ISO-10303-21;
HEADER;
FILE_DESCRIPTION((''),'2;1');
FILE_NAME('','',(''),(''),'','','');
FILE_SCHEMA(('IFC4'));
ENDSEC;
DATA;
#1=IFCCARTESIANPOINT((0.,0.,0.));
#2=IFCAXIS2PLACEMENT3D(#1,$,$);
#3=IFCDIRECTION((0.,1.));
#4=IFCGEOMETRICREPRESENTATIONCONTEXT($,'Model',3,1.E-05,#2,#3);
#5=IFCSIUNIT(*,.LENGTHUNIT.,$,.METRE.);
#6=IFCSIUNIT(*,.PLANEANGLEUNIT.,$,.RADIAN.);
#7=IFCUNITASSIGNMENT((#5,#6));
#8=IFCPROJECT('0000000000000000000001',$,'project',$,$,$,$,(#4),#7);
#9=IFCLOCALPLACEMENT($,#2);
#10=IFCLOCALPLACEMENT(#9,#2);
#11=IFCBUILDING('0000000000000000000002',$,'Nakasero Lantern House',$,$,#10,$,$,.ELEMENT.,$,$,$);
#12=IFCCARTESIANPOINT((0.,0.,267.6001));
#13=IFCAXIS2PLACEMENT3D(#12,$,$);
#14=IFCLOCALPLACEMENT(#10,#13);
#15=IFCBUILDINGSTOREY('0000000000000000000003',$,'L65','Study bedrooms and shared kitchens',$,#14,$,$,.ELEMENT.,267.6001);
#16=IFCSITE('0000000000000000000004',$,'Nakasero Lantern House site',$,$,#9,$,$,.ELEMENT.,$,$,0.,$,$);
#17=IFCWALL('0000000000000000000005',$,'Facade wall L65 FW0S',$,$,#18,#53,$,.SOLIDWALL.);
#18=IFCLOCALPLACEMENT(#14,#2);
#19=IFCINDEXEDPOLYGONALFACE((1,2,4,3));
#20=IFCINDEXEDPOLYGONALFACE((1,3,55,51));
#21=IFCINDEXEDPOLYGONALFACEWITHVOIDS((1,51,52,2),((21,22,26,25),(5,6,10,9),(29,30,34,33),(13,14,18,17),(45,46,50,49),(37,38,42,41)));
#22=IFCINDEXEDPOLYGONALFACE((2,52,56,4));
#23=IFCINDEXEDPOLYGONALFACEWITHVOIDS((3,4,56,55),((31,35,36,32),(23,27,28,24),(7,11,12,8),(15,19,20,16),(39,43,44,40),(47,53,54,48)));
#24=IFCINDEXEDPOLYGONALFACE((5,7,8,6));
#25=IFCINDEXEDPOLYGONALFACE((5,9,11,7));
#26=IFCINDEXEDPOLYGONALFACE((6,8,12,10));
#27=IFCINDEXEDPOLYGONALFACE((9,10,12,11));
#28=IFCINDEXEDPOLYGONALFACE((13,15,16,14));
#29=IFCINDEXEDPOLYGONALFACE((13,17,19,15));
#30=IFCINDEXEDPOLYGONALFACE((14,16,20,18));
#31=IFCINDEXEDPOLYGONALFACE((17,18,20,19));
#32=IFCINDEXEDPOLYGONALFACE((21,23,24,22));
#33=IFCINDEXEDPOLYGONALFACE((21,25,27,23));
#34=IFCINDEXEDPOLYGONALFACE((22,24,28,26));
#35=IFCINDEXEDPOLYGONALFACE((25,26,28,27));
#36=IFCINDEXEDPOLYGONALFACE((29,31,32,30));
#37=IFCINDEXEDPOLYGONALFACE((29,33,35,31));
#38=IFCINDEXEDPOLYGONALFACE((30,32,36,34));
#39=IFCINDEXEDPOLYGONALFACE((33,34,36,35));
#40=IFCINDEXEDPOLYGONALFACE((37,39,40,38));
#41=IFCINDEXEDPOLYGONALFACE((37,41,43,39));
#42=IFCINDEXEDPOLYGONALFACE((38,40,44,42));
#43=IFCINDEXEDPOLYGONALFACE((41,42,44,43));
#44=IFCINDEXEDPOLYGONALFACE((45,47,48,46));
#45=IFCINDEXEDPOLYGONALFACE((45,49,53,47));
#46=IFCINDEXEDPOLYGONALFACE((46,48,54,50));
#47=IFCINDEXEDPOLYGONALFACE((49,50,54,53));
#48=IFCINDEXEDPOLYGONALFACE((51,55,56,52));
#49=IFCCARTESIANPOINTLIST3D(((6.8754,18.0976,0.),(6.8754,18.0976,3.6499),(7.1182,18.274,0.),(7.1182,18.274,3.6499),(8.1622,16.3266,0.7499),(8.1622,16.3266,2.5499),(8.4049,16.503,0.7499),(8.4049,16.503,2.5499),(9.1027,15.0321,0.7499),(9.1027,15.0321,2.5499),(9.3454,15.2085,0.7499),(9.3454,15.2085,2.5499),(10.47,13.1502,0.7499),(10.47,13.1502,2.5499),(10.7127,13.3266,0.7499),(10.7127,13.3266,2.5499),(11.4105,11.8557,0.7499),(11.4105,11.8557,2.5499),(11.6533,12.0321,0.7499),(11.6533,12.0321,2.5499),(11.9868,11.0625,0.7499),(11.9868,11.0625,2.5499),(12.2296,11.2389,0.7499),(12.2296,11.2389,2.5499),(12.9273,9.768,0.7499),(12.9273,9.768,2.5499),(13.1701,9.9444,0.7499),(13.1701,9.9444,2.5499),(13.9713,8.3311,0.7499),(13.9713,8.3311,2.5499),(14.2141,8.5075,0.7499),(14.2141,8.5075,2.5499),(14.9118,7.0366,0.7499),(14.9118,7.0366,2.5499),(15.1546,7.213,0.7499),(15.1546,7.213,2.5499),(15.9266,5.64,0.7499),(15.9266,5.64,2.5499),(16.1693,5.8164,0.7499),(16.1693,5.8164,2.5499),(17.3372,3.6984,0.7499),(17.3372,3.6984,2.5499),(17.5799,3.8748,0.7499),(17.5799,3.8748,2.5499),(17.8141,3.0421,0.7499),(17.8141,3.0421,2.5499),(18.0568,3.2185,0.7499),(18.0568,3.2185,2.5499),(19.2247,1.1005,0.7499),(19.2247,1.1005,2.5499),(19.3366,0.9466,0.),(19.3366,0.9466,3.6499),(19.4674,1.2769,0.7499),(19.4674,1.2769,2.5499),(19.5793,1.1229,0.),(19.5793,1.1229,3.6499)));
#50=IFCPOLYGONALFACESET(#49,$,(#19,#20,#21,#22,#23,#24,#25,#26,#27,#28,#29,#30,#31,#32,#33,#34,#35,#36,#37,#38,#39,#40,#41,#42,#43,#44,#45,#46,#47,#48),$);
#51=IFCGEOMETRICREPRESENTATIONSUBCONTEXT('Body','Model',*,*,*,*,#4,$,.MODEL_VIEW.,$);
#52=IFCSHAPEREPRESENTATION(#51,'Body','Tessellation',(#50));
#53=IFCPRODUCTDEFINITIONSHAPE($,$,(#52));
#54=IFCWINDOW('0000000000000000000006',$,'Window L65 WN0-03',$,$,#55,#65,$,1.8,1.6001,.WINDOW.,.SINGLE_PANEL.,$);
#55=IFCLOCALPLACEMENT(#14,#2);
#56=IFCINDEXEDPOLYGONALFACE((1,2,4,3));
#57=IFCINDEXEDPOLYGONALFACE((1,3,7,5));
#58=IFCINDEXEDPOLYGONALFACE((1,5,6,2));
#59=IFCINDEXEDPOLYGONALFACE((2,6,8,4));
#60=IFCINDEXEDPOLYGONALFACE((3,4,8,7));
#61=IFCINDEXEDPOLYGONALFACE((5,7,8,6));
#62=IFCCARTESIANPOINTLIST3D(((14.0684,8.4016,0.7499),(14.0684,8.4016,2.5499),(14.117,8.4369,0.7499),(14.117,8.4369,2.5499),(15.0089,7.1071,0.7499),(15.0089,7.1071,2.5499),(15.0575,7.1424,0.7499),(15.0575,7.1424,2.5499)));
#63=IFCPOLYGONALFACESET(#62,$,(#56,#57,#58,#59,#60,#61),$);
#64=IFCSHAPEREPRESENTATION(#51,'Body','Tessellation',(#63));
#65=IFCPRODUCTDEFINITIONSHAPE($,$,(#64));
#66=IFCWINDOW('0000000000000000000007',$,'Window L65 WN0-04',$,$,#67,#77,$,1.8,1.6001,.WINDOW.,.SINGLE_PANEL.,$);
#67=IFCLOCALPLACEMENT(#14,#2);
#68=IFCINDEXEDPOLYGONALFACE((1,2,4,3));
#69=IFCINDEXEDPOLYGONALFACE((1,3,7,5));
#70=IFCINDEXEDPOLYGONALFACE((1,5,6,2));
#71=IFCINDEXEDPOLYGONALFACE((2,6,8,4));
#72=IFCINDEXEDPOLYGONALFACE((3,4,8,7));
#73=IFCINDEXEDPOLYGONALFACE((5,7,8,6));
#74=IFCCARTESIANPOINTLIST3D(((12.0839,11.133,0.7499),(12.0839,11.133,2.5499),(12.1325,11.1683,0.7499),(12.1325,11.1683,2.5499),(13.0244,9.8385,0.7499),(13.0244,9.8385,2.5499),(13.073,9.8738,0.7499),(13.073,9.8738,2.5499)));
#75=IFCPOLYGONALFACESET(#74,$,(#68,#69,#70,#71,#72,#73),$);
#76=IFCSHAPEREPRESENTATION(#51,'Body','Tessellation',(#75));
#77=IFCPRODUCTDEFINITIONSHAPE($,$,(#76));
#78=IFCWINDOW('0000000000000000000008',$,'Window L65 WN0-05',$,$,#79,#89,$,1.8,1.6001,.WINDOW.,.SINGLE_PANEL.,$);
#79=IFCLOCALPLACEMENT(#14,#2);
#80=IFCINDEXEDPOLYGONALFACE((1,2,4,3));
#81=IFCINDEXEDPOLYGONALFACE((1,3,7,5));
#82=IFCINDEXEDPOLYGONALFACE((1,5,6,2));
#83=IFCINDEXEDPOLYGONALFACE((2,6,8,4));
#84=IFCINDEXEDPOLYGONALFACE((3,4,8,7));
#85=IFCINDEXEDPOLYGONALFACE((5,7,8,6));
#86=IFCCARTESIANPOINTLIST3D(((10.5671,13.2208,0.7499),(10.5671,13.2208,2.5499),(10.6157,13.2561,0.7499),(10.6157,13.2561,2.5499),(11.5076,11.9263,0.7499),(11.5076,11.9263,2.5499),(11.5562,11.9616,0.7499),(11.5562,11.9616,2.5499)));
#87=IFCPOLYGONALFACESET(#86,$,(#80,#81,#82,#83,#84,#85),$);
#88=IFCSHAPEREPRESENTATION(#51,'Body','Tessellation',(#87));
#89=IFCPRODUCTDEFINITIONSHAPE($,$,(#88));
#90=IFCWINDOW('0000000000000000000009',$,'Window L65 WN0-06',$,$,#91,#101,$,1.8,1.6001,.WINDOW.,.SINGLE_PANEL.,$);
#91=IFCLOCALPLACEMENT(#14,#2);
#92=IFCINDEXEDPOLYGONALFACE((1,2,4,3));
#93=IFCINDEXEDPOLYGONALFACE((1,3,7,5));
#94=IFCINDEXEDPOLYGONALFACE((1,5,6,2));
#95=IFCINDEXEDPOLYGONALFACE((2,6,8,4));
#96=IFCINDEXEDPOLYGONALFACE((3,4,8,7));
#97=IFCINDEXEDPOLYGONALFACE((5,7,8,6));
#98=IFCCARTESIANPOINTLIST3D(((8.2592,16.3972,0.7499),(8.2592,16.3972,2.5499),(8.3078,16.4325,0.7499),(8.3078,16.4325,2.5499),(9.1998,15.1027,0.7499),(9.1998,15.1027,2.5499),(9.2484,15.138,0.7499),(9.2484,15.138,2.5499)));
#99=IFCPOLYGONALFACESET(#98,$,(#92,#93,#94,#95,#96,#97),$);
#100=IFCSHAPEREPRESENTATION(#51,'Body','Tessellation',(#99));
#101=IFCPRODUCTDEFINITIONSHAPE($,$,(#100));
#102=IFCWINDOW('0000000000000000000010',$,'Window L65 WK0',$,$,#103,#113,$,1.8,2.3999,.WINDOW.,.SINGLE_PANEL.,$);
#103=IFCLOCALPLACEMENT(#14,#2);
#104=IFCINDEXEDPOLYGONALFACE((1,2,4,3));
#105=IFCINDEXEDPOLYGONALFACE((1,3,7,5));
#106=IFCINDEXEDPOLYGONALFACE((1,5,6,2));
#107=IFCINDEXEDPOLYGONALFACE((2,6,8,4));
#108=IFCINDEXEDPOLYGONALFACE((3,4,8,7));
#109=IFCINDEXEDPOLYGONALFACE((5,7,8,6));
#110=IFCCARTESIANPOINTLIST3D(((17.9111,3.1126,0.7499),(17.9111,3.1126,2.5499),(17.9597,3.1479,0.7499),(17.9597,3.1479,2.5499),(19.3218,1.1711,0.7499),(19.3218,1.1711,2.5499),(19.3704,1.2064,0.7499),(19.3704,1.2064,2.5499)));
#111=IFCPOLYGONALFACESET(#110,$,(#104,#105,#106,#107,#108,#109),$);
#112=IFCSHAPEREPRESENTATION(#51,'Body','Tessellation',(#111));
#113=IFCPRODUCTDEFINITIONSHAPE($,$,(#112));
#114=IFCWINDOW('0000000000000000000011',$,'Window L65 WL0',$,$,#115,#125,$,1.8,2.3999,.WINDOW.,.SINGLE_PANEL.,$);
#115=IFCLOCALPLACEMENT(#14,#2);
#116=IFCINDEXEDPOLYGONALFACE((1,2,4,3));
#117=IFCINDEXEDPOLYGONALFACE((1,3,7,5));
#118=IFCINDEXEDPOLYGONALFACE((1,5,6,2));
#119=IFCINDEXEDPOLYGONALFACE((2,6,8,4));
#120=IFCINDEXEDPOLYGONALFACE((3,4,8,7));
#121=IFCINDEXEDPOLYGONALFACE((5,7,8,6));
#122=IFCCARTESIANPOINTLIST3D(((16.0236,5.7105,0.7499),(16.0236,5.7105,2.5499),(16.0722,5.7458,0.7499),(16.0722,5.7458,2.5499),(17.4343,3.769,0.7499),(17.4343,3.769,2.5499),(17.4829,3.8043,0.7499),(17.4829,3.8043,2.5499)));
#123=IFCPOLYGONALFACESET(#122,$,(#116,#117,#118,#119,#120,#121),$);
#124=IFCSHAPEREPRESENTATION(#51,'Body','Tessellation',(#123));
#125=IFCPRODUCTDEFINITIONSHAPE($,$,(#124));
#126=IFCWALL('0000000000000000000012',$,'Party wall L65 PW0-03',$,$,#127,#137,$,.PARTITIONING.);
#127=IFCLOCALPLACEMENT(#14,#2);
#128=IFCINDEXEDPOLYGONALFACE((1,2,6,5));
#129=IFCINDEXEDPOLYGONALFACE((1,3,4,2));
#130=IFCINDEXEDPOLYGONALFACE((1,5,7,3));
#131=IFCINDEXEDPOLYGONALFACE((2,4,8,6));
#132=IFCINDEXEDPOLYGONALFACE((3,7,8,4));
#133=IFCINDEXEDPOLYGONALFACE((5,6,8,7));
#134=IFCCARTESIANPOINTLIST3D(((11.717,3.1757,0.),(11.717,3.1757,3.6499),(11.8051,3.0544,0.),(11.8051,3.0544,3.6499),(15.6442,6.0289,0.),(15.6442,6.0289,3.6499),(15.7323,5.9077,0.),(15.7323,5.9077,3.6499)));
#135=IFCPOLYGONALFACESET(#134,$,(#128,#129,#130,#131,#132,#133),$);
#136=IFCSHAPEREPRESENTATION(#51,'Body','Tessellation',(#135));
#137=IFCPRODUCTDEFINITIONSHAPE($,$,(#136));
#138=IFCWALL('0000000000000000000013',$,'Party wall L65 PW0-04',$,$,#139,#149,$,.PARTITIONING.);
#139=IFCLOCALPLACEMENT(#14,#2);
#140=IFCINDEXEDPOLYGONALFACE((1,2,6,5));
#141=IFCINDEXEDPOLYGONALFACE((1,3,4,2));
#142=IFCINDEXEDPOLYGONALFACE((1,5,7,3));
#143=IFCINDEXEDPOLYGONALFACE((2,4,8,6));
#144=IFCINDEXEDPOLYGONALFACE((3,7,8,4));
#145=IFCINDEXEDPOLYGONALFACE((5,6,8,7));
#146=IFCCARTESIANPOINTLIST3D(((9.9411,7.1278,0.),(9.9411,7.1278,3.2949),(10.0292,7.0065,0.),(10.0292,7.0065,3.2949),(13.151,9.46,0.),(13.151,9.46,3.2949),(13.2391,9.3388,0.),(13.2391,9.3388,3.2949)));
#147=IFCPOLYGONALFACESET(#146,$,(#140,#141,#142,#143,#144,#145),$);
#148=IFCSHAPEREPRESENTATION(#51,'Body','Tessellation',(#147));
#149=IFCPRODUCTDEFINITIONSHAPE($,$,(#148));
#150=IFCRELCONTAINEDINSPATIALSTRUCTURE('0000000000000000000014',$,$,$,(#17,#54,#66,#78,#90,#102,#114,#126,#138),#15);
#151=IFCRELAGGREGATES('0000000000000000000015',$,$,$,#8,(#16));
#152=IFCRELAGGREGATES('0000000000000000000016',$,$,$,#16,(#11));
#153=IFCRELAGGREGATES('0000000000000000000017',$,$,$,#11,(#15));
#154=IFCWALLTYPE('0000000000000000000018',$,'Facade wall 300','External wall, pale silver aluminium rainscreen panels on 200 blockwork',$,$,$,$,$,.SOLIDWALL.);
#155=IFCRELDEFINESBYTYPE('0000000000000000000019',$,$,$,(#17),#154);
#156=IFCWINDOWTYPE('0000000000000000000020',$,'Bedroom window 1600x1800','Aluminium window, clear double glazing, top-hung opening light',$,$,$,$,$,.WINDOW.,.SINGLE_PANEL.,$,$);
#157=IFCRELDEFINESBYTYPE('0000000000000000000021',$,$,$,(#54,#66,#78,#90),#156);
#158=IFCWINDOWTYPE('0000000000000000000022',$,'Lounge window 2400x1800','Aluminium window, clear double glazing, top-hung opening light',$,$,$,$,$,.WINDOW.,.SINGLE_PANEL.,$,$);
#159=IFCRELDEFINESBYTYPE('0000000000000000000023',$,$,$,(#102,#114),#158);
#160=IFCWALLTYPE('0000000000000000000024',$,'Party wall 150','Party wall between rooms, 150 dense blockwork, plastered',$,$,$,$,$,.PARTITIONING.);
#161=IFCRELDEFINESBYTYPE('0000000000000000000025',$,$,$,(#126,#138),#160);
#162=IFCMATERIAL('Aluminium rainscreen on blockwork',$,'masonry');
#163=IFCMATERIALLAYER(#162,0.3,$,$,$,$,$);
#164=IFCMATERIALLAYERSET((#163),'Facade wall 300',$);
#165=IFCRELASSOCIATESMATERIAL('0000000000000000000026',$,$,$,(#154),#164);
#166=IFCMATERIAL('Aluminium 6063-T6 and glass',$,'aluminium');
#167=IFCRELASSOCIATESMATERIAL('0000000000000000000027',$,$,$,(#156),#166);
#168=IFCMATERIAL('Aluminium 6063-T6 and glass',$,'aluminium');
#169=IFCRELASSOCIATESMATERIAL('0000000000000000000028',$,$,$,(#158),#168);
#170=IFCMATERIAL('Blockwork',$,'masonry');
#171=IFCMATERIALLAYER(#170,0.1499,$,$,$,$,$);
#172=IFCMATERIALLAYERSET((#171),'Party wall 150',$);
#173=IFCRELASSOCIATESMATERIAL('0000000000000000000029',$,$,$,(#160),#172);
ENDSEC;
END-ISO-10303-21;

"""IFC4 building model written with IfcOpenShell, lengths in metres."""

from ifc_helpers import new_model, si_unit, direction, frame, frame_2d, origin, place, context, subcontext, project, spatial, rectangle, extrude, material, layer, layer_set, type_object, element, fill, save


model = new_model("IFC4")

# Units and contexts
model_context = context("Model", 3, precision=1e-05, world=origin(), true_north=direction((0.0, 1.0)))
body_context = subcontext(model_context, "Body", "Model", "MODEL_VIEW")
ifc_project = project(units=[si_unit("LENGTHUNIT", "METRE"), si_unit("PLANEANGLEUNIT", "RADIAN")], contexts=[model_context])

# Site, building, storey
site_placement = place(None, origin())
site = spatial("IfcSite", under=ifc_project, at=site_placement, Name="Nakasero Lantern House site", CompositionType="ELEMENT", RefElevation=0.0)
building_placement = place(site_placement, origin())
building = spatial("IfcBuilding", under=site, at=building_placement, Name="Nakasero Lantern House", CompositionType="ELEMENT")
storey_placement = place(building_placement, frame((0.0, 0.0, 267.6001)))
storey = spatial("IfcBuildingStorey", under=building, at=storey_placement, Name="L65", Description="Study bedrooms and shared kitchens", CompositionType="ELEMENT", Elevation=267.6001)

# Wall, openings, windows
ifc_material_1 = material(Name="Aluminium rainscreen on blockwork", Category="masonry")
ifc_layer_1 = layer(ifc_material_1, 0.3)
ifc_layer_set_1 = layer_set([ifc_layer_1], Name="Facade wall 300")
wall_type_1 = type_object("IfcWallType", Name="Facade wall 300", Description="External wall, pale silver aluminium rainscreen panels on 200 blockwork", PredefinedType="SOLIDWALL", material=ifc_layer_set_1)
wall_1_placement = place(storey_placement, frame((19.458, 1.0347, 0.0), z_axis=(0.0, 0.0, 1.0), x_axis=(-0.58779, 0.809013, 0.0)))
wall_1 = element("IfcWall", 1, at=wall_1_placement, inside=storey, type_object=wall_type_1, Name="Facade wall L65 FW0S", PredefinedType="SOLIDWALL", context=body_context, shape_type="SweptSolid", body=[
    extrude(rectangle(XDim=21.2, YDim=0.3, at=frame_2d((10.6001, 0.0))), origin(), (0.0, 0.0, 1.0), 3.6499),
])
opening_1_placement = place(wall_1_placement, frame((7.5278, 0.0, 0.75)))
opening_1 = element("IfcOpeningElement", 2, at=opening_1_placement, cuts=wall_1, PredefinedType="OPENING", context=body_context, shape_type="SweptSolid", body=[
    extrude(rectangle(XDim=1.6001, YDim=1.8, at=frame_2d((0.8, 0.8999))), frame((0.0, 0.1699, 0.0), z_axis=(0.0, -1.0, 0.0), x_axis=(1.0, 0.0, 0.0)), (0.0, 0.0, 1.0), 0.3401),
])
opening_2_placement = place(wall_1_placement, frame((10.9041, 0.0, 0.75)))
opening_2 = element("IfcOpeningElement", 3, at=opening_2_placement, cuts=wall_1, PredefinedType="OPENING", context=body_context, shape_type="SweptSolid", body=[
    extrude(rectangle(XDim=1.6001, YDim=1.8, at=frame_2d((0.8, 0.8999))), frame((0.0, 0.1699, 0.0), z_axis=(0.0, -1.0, 0.0), x_axis=(1.0, 0.0, 0.0)), (0.0, 0.0, 1.0), 0.3401),
])
opening_3_placement = place(wall_1_placement, frame((13.4846, 0.0, 0.75)))
opening_3 = element("IfcOpeningElement", 4, at=opening_3_placement, cuts=wall_1, PredefinedType="OPENING", context=body_context, shape_type="SweptSolid", body=[
    extrude(rectangle(XDim=1.6001, YDim=1.8, at=frame_2d((0.8, 0.8999))), frame((0.0, 0.1699, 0.0), z_axis=(0.0, -1.0, 0.0), x_axis=(1.0, 0.0, 0.0)), (0.0, 0.0, 1.0), 0.3401),
])
opening_4_placement = place(wall_1_placement, frame((17.4109, 0.0, 0.75)))
opening_4 = element("IfcOpeningElement", 5, at=opening_4_placement, cuts=wall_1, PredefinedType="OPENING", context=body_context, shape_type="SweptSolid", body=[
    extrude(rectangle(XDim=1.6001, YDim=1.8, at=frame_2d((0.8, 0.8999))), frame((0.0, 0.1699, 0.0), z_axis=(0.0, -1.0, 0.0), x_axis=(1.0, 0.0, 0.0)), (0.0, 0.0, 1.0), 0.3401),
])
opening_5_placement = place(wall_1_placement, frame((0.1904, 0.0, 0.75)))
opening_5 = element("IfcOpeningElement", 6, at=opening_5_placement, cuts=wall_1, PredefinedType="OPENING", context=body_context, shape_type="SweptSolid", body=[
    extrude(rectangle(XDim=2.3999, YDim=1.8, at=frame_2d((1.2, 0.8999))), frame((0.0, 0.1699, 0.0), z_axis=(0.0, -1.0, 0.0), x_axis=(1.0, 0.0, 0.0)), (0.0, 0.0, 1.0), 0.3401),
])
opening_6_placement = place(wall_1_placement, frame((3.4016, 0.0, 0.75)))
opening_6 = element("IfcOpeningElement", 7, at=opening_6_placement, cuts=wall_1, PredefinedType="OPENING", context=body_context, shape_type="SweptSolid", body=[
    extrude(rectangle(XDim=2.3999, YDim=1.8, at=frame_2d((1.2, 0.8999))), frame((0.0, 0.1699, 0.0), z_axis=(0.0, -1.0, 0.0), x_axis=(1.0, 0.0, 0.0)), (0.0, 0.0, 1.0), 0.3401),
])
ifc_material_2 = material(Name="Aluminium 6063-T6 and glass", Category="aluminium")
window_type_1 = type_object("IfcWindowType", Name="Bedroom window 1600x1800", Description="Aluminium window, clear double glazing, top-hung opening light", PartitioningType="SINGLE_PANEL", PredefinedType="WINDOW", material=ifc_material_2)
window_1_placement = place(opening_1_placement, origin())
window_1 = element("IfcWindow", 8, at=window_1_placement, inside=storey, type_object=window_type_1, Name="Window L65 WN0-03", OverallHeight=1.8, OverallWidth=1.6001, PartitioningType="SINGLE_PANEL", PredefinedType="WINDOW", context=body_context, shape_type="SweptSolid", body=[
    extrude(rectangle(XDim=1.6001, YDim=1.8, at=frame_2d((0.8, 0.8999))), frame((0.0, 0.03, 0.0), z_axis=(0.0, -1.0, 0.0), x_axis=(1.0, 0.0, 0.0)), (0.0, 0.0, 1.0), 0.0601),
])
fill(opening_1, window_1)
window_2_placement = place(opening_2_placement, origin())
window_2 = element("IfcWindow", 9, at=window_2_placement, inside=storey, type_object=window_type_1, Name="Window L65 WN0-04", OverallHeight=1.8, OverallWidth=1.6001, PartitioningType="SINGLE_PANEL", PredefinedType="WINDOW", context=body_context, shape_type="SweptSolid", body=[
    extrude(rectangle(XDim=1.6001, YDim=1.8, at=frame_2d((0.8, 0.8999))), frame((0.0, 0.03, 0.0), z_axis=(0.0, -1.0, 0.0), x_axis=(1.0, 0.0, 0.0)), (0.0, 0.0, 1.0), 0.0601),
])
fill(opening_2, window_2)
window_3_placement = place(opening_3_placement, origin())
window_3 = element("IfcWindow", 10, at=window_3_placement, inside=storey, type_object=window_type_1, Name="Window L65 WN0-05", OverallHeight=1.8, OverallWidth=1.6001, PartitioningType="SINGLE_PANEL", PredefinedType="WINDOW", context=body_context, shape_type="SweptSolid", body=[
    extrude(rectangle(XDim=1.6001, YDim=1.8, at=frame_2d((0.8, 0.8999))), frame((0.0, 0.03, 0.0), z_axis=(0.0, -1.0, 0.0), x_axis=(1.0, 0.0, 0.0)), (0.0, 0.0, 1.0), 0.0601),
])
fill(opening_3, window_3)
window_4_placement = place(opening_4_placement, origin())
window_4 = element("IfcWindow", 11, at=window_4_placement, inside=storey, type_object=window_type_1, Name="Window L65 WN0-06", OverallHeight=1.8, OverallWidth=1.6001, PartitioningType="SINGLE_PANEL", PredefinedType="WINDOW", context=body_context, shape_type="SweptSolid", body=[
    extrude(rectangle(XDim=1.6001, YDim=1.8, at=frame_2d((0.8, 0.8999))), frame((0.0, 0.03, 0.0), z_axis=(0.0, -1.0, 0.0), x_axis=(1.0, 0.0, 0.0)), (0.0, 0.0, 1.0), 0.0601),
])
fill(opening_4, window_4)
ifc_material_3 = material(Name="Aluminium 6063-T6 and glass", Category="aluminium")
window_type_2 = type_object("IfcWindowType", Name="Lounge window 2400x1800", Description="Aluminium window, clear double glazing, top-hung opening light", PartitioningType="SINGLE_PANEL", PredefinedType="WINDOW", material=ifc_material_3)
window_5_placement = place(opening_5_placement, origin())
window_5 = element("IfcWindow", 12, at=window_5_placement, inside=storey, type_object=window_type_2, Name="Window L65 WK0", OverallHeight=1.8, OverallWidth=2.3999, PartitioningType="SINGLE_PANEL", PredefinedType="WINDOW", context=body_context, shape_type="SweptSolid", body=[
    extrude(rectangle(XDim=2.3999, YDim=1.8, at=frame_2d((1.2, 0.8999))), frame((0.0, 0.03, 0.0), z_axis=(0.0, -1.0, 0.0), x_axis=(1.0, 0.0, 0.0)), (0.0, 0.0, 1.0), 0.0601),
])
fill(opening_5, window_5)
window_6_placement = place(opening_6_placement, origin())
window_6 = element("IfcWindow", 13, at=window_6_placement, inside=storey, type_object=window_type_2, Name="Window L65 WL0", OverallHeight=1.8, OverallWidth=2.3999, PartitioningType="SINGLE_PANEL", PredefinedType="WINDOW", context=body_context, shape_type="SweptSolid", body=[
    extrude(rectangle(XDim=2.3999, YDim=1.8, at=frame_2d((1.2, 0.8999))), frame((0.0, 0.03, 0.0), z_axis=(0.0, -1.0, 0.0), x_axis=(1.0, 0.0, 0.0)), (0.0, 0.0, 1.0), 0.0601),
])
fill(opening_6, window_6)

# Walls
ifc_material_4 = material(Name="Blockwork", Category="masonry")
ifc_layer_2 = layer(ifc_material_4, 0.1499)
ifc_layer_set_2 = layer_set([ifc_layer_2], Name="Party wall 150")
wall_type_2 = type_object("IfcWallType", Name="Party wall 150", Description="Party wall between rooms, 150 dense blockwork, plastered", PredefinedType="PARTITIONING", material=ifc_layer_set_2)
wall_2_placement = place(storey_placement, frame((11.761, 3.115, 0.0), z_axis=(0.0, 0.0, 1.0), x_axis=(0.809021, 0.58778, 0.0)))
element("IfcWall", 14, at=wall_2_placement, inside=storey, type_object=wall_type_2, Name="Party wall L65 PW0-03", PredefinedType="PARTITIONING", context=body_context, shape_type="SweptSolid", body=[
    extrude(rectangle(XDim=4.8542, YDim=0.1499, at=frame_2d((2.4272, 0.0))), origin(), (0.0, 0.0, 1.0), 3.6499),
])
wall_3_placement = place(storey_placement, frame((9.9851, 7.0671, 0.0), z_axis=(0.0, 0.0, 1.0), x_axis=(0.809005, 0.587802, 0.0)))
element("IfcWall", 15, at=wall_3_placement, inside=storey, type_object=wall_type_2, Name="Party wall L65 PW0-04", PredefinedType="PARTITIONING", context=body_context, shape_type="SweptSolid", body=[
    extrude(rectangle(XDim=3.9678, YDim=0.1499, at=frame_2d((1.9839, 0.0))), origin(), (0.0, 0.0, 1.0), 3.2949),
])

save(model, "model.ifc")
